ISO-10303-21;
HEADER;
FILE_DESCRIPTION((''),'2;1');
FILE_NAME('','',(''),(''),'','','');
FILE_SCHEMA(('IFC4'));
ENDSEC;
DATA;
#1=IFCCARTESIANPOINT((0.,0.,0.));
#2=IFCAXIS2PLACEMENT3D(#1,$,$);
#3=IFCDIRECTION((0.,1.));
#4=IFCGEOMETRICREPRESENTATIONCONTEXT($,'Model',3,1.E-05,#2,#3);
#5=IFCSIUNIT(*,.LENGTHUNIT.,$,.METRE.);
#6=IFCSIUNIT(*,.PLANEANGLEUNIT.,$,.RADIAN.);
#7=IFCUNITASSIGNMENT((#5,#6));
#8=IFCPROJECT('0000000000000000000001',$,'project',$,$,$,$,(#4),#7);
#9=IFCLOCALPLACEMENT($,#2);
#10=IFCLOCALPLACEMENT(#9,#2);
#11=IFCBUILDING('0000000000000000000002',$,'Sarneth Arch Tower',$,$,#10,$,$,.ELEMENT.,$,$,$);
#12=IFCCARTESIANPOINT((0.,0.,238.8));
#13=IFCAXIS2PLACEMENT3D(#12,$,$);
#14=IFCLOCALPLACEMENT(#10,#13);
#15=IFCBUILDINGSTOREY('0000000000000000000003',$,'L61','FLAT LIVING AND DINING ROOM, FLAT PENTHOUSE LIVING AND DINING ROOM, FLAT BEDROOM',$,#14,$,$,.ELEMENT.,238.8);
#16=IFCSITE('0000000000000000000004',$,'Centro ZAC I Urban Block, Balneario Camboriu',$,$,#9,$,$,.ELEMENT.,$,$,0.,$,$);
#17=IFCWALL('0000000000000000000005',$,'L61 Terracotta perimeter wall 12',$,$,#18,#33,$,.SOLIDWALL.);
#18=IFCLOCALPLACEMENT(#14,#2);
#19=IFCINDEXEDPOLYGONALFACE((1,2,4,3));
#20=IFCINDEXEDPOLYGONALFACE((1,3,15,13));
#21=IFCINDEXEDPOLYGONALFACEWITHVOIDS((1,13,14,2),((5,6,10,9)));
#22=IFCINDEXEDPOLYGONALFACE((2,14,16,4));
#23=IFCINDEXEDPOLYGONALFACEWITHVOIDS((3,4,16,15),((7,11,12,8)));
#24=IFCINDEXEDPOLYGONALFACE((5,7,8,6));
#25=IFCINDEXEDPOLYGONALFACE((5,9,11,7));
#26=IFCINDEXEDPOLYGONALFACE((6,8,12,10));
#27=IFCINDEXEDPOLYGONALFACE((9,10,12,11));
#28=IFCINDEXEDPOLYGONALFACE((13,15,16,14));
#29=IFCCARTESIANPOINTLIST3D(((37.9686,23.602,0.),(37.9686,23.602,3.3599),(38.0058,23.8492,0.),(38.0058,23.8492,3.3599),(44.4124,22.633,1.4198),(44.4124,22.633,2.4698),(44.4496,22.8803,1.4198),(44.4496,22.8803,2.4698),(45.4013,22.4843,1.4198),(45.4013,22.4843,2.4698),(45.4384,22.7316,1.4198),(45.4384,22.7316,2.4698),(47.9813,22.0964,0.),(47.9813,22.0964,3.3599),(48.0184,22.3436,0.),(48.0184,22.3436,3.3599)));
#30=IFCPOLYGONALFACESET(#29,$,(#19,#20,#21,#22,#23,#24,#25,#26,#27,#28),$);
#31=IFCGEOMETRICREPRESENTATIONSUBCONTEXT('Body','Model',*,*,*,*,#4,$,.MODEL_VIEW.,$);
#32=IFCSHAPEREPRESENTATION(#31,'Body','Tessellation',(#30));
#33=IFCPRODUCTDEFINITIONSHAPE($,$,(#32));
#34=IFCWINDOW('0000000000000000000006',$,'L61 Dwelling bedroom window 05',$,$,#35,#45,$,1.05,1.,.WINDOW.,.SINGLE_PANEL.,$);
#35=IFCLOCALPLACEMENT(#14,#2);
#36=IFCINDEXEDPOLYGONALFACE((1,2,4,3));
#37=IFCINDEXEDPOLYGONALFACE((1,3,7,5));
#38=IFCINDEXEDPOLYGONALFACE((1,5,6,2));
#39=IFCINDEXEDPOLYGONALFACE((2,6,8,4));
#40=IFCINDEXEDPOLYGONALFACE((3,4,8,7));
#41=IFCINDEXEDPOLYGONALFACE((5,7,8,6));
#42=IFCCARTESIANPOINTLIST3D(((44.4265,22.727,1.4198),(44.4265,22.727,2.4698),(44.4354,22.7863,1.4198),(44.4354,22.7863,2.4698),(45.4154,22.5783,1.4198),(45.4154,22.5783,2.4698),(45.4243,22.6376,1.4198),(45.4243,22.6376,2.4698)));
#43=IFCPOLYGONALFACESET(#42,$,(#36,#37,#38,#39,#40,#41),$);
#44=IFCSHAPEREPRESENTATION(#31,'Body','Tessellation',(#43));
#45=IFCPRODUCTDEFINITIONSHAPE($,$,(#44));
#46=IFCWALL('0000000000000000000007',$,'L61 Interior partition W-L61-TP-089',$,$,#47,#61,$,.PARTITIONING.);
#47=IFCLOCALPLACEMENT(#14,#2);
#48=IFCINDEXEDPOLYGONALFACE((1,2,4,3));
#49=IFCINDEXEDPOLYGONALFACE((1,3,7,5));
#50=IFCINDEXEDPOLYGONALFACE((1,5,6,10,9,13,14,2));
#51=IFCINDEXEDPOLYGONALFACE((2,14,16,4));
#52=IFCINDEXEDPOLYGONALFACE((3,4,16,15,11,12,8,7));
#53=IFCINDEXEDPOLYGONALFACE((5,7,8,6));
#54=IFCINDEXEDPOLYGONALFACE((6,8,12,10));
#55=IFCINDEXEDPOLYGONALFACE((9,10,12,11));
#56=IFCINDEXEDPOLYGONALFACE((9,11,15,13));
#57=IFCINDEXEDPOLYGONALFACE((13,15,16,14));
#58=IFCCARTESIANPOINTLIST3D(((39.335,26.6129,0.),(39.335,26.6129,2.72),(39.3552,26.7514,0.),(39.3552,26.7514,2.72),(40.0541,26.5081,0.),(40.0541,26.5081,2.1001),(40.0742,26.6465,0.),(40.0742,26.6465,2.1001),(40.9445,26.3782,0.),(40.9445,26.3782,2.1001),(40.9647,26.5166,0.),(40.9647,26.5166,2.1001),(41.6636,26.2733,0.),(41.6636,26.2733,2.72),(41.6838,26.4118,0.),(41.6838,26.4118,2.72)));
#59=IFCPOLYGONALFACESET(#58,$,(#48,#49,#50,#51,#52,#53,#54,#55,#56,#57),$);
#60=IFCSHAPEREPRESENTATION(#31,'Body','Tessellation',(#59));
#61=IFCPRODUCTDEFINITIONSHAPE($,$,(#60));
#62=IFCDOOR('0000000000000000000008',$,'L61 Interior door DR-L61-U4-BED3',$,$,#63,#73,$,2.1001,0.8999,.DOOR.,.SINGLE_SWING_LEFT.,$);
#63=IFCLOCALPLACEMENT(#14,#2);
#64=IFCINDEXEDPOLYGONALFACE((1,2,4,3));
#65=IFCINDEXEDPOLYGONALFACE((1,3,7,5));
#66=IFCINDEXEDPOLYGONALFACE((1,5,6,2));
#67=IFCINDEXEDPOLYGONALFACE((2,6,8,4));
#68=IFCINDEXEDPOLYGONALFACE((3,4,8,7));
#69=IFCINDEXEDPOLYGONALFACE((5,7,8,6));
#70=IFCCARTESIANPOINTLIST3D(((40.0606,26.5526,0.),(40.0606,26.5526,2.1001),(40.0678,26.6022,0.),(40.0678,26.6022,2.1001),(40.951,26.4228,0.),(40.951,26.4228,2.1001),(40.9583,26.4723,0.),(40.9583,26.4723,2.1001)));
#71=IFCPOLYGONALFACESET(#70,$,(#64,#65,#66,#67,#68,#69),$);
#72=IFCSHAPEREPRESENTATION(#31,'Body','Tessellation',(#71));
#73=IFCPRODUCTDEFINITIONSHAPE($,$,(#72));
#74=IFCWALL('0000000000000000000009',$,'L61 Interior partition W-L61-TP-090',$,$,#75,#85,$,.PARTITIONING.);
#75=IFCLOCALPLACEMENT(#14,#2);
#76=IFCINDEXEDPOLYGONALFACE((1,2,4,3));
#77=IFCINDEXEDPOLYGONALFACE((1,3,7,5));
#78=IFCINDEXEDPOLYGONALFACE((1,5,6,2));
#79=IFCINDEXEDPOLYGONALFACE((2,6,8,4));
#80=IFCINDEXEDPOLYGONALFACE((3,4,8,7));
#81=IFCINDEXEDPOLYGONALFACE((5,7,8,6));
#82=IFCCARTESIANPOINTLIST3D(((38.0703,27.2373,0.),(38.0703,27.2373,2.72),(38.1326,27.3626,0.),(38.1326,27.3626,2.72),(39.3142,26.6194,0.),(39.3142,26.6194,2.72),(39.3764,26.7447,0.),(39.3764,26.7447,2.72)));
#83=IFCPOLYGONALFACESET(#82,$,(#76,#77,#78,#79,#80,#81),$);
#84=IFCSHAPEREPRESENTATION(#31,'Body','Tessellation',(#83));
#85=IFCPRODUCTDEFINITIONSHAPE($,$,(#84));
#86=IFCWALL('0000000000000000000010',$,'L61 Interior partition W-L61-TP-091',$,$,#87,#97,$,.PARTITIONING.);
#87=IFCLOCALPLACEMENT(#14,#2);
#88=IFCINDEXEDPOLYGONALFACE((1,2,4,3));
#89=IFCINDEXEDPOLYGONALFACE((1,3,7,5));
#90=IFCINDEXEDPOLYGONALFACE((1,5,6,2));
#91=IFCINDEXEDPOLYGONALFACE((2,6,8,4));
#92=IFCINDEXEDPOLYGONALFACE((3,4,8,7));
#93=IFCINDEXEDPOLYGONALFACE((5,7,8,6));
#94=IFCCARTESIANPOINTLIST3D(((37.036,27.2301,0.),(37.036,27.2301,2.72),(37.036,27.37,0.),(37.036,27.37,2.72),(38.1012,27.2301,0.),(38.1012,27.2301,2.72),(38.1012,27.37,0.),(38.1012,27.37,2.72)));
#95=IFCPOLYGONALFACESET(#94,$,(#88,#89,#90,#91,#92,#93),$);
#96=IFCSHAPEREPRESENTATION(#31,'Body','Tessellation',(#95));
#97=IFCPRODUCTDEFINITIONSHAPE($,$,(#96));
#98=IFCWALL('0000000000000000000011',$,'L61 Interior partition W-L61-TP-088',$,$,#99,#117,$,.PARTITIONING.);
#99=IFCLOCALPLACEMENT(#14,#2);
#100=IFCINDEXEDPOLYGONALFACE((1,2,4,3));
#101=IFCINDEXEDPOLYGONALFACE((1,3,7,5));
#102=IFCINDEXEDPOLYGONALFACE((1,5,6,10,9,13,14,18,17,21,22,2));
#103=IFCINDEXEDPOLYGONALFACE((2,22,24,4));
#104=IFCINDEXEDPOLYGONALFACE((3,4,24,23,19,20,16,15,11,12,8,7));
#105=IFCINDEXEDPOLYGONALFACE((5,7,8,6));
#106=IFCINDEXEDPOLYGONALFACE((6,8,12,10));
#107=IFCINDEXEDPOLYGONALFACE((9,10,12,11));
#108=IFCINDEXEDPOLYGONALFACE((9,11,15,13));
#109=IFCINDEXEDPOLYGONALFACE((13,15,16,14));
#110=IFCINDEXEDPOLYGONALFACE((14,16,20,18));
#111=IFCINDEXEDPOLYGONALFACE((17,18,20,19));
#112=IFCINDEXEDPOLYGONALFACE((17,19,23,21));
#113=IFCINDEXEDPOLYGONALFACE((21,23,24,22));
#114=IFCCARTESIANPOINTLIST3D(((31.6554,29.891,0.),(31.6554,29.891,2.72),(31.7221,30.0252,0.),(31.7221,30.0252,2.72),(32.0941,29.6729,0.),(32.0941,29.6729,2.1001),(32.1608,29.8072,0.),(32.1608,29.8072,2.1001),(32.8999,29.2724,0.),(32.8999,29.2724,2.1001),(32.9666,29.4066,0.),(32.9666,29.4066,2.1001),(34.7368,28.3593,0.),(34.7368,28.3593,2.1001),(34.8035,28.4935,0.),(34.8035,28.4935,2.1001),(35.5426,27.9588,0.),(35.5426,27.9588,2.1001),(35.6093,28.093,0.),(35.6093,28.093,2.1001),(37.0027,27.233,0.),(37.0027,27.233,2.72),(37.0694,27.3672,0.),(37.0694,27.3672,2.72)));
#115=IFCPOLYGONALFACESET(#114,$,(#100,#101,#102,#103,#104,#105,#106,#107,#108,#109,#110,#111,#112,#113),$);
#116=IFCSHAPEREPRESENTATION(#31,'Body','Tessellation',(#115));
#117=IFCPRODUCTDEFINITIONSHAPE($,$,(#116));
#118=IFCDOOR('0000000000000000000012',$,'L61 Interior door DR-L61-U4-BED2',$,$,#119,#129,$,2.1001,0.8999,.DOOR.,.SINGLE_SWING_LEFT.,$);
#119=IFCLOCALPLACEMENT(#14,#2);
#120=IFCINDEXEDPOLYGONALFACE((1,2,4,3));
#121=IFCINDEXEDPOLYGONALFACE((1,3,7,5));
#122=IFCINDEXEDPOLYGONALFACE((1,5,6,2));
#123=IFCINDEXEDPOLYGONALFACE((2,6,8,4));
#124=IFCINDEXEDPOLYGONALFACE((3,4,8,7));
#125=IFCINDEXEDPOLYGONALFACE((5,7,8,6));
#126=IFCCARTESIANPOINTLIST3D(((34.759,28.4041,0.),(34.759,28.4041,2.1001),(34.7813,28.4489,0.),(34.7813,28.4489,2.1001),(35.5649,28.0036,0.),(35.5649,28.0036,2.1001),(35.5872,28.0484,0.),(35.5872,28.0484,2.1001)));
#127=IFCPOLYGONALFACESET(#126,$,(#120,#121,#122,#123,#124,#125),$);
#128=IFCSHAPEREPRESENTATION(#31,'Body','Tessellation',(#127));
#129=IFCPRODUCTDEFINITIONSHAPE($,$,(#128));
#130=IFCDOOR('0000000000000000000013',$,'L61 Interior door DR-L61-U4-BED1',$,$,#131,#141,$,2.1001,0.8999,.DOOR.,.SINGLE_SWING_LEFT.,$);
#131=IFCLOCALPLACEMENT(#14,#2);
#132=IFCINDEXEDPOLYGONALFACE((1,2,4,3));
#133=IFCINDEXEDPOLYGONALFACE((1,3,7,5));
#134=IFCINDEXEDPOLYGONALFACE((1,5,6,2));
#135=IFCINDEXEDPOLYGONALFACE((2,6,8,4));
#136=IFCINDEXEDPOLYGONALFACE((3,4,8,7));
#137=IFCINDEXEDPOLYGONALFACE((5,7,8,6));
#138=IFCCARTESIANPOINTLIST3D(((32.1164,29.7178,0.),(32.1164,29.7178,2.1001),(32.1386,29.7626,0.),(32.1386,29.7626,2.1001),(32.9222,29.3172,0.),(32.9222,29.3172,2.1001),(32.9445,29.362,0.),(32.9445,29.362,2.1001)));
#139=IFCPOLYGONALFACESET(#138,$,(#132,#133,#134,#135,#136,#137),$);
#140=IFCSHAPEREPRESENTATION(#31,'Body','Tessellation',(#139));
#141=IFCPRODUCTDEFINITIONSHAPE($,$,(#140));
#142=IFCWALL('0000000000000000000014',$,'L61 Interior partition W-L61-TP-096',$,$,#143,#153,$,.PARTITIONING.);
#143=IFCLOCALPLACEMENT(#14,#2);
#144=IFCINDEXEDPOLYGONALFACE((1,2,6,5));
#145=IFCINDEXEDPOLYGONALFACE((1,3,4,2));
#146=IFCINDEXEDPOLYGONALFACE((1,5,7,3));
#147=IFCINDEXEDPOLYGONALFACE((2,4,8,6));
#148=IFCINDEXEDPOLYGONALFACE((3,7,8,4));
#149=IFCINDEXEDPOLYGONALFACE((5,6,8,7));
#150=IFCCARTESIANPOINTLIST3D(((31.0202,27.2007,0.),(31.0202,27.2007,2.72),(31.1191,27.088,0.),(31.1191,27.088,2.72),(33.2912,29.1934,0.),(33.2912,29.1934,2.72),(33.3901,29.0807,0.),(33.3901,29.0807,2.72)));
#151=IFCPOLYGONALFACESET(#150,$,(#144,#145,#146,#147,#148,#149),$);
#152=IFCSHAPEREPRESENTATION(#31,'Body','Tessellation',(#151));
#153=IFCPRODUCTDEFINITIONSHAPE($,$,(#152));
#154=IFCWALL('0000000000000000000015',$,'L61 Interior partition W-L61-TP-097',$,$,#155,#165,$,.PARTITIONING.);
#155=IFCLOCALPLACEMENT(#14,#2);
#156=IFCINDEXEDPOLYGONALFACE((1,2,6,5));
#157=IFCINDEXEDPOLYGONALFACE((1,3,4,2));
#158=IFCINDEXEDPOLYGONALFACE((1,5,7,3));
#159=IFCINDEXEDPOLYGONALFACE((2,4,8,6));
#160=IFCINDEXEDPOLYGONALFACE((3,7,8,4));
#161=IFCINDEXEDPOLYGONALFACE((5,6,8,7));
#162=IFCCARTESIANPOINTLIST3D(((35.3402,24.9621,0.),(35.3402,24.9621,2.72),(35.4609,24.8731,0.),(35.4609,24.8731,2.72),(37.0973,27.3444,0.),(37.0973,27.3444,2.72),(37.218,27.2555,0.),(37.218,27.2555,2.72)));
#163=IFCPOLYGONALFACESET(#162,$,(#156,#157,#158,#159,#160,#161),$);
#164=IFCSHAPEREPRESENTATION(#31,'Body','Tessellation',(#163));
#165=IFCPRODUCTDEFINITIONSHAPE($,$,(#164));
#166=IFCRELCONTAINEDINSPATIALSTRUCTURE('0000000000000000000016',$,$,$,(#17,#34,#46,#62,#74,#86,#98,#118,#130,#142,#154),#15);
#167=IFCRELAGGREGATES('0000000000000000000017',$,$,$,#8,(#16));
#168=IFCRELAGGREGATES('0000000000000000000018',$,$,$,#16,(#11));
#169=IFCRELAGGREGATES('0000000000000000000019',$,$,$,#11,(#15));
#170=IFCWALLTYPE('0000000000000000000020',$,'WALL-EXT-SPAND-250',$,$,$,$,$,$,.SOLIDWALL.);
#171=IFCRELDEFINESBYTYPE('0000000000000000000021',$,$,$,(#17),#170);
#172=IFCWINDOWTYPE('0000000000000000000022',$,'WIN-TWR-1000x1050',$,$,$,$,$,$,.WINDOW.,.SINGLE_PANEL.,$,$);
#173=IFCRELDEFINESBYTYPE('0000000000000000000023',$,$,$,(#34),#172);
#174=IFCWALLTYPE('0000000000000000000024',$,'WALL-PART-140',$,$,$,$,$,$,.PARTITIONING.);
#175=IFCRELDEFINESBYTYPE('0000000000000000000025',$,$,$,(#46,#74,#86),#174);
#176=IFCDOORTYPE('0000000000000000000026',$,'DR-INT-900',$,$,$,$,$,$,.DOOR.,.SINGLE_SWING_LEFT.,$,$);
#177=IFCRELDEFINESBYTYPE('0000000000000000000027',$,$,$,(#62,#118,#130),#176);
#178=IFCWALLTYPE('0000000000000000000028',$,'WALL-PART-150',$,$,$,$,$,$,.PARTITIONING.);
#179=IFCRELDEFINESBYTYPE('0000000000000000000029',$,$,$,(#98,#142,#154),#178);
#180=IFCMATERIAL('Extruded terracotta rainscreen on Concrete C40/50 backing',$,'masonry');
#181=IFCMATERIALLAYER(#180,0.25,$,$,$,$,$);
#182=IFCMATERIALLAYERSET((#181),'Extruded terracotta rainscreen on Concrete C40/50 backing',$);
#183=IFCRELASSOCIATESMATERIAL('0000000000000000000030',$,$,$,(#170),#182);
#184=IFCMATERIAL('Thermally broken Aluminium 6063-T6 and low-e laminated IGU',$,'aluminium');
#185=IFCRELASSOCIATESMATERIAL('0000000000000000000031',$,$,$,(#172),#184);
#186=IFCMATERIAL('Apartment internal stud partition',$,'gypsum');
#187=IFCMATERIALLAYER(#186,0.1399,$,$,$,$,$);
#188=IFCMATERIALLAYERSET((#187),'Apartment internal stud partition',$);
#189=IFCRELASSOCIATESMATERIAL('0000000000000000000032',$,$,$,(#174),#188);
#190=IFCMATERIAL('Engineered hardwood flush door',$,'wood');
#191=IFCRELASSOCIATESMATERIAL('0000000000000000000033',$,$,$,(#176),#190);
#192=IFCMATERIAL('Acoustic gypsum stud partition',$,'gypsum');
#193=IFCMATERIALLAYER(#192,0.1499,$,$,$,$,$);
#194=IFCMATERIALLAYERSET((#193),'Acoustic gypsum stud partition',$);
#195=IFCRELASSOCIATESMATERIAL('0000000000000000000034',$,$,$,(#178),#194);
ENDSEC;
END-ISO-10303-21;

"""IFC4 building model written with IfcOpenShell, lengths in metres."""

from ifc_helpers import new_model, si_unit, direction, frame, frame_2d, origin, place, context, subcontext, project, spatial, rectangle, extrude, material, layer, layer_set, type_object, element, fill, save


model = new_model("IFC4")

# Units and contexts
model_context = context("Model", 3, precision=1e-05, world=origin(), true_north=direction((0.0, 1.0)))
body_context = subcontext(model_context, "Body", "Model", "MODEL_VIEW")
ifc_project = project(units=[si_unit("LENGTHUNIT", "METRE"), si_unit("PLANEANGLEUNIT", "RADIAN")], contexts=[model_context])

# Site, building, storey
site_placement = place(None, origin())
site = spatial("IfcSite", under=ifc_project, at=site_placement, Name="Centro ZAC I Urban Block, Balneario Camboriu", CompositionType="ELEMENT", RefElevation=0.0)
building_placement = place(site_placement, origin())
building = spatial("IfcBuilding", under=site, at=building_placement, Name="Sarneth Arch Tower", CompositionType="ELEMENT")
storey_placement = place(building_placement, frame((0.0, 0.0, 238.8)))
storey = spatial("IfcBuildingStorey", under=building, at=storey_placement, Name="L61", Description="FLAT LIVING AND DINING ROOM, FLAT PENTHOUSE LIVING AND DINING ROOM, FLAT BEDROOM", CompositionType="ELEMENT", Elevation=238.8)

# Wall, opening, window
ifc_material_1 = material(Name="Extruded terracotta rainscreen on Concrete C40/50 backing", Category="masonry")
ifc_layer_1 = layer(ifc_material_1, 0.25)
ifc_layer_set_1 = layer_set([ifc_layer_1], Name="Extruded terracotta rainscreen on Concrete C40/50 backing")
wall_type_1 = type_object("IfcWallType", Name="WALL-EXT-SPAND-250", PredefinedType="SOLIDWALL", material=ifc_layer_set_1)
wall_1_placement = place(storey_placement, frame((37.9873, 23.7256, 0.0), z_axis=(0.0, 0.0, 1.0), x_axis=(0.988883, -0.148699, 0.0)))
wall_1 = element("IfcWall", 1, at=wall_1_placement, inside=storey, type_object=wall_type_1, Name="L61 Terracotta perimeter wall 12", PredefinedType="SOLIDWALL", context=body_context, shape_type="SweptSolid", body=[
    extrude(rectangle(XDim=10.1252, YDim=0.25, at=frame_2d((5.0625, 0.0))), origin(), (0.0, 0.0, 1.0), 3.3599),
])
opening_1_placement = place(wall_1_placement, frame((6.5161, 0.0, 1.4199)))
opening_1 = element("IfcOpeningElement", 2, at=opening_1_placement, cuts=wall_1, PredefinedType="OPENING", context=body_context, shape_type="SweptSolid", body=[
    extrude(rectangle(XDim=1.0, YDim=1.05, at=frame_2d((0.5, 0.5249))), frame((0.0, 0.135, 0.0), z_axis=(0.0, -1.0, 0.0), x_axis=(1.0, 0.0, 0.0)), (0.0, 0.0, 1.0), 0.27),
])
ifc_material_2 = material(Name="Thermally broken Aluminium 6063-T6 and low-e laminated IGU", Category="aluminium")
window_type = type_object("IfcWindowType", Name="WIN-TWR-1000x1050", PartitioningType="SINGLE_PANEL", PredefinedType="WINDOW", material=ifc_material_2)
window_placement = place(opening_1_placement, origin())
window = element("IfcWindow", 3, at=window_placement, inside=storey, type_object=window_type, Name="L61 Dwelling bedroom window 05", OverallHeight=1.05, OverallWidth=1.0, PartitioningType="SINGLE_PANEL", PredefinedType="WINDOW", context=body_context, shape_type="SweptSolid", body=[
    extrude(rectangle(XDim=1.0, YDim=1.05, at=frame_2d((0.5, 0.5249))), frame((0.0, 0.03, 0.0), z_axis=(0.0, -1.0, 0.0), x_axis=(1.0, 0.0, 0.0)), (0.0, 0.0, 1.0), 0.0601),
])
fill(opening_1, window)

# Wall, opening, door
ifc_material_3 = material(Name="Apartment internal stud partition", Category="gypsum")
ifc_layer_2 = layer(ifc_material_3, 0.1399)
ifc_layer_set_2 = layer_set([ifc_layer_2], Name="Apartment internal stud partition")
wall_type_2 = type_object("IfcWallType", Name="WALL-PART-140", PredefinedType="PARTITIONING", material=ifc_layer_set_2)
wall_2_placement = place(storey_placement, frame((41.6738, 26.3425, 0.0), z_axis=(0.0, 0.0, 1.0), x_axis=(-0.989532, 0.144311, 0.0)))
wall_2 = element("IfcWall", 4, at=wall_2_placement, inside=storey, type_object=wall_type_2, Name="L61 Interior partition W-L61-TP-089", PredefinedType="PARTITIONING", context=body_context, shape_type="SweptSolid", body=[
    extrude(rectangle(XDim=2.3533, YDim=0.1399, at=frame_2d((1.1768, 0.0))), origin(), (0.0, 0.0, 1.0), 2.72),
])
opening_2_placement = place(wall_2_placement, frame((0.7268, 0.0, 0.0)))
opening_2 = element("IfcOpeningElement", 5, at=opening_2_placement, cuts=wall_2, PredefinedType="OPENING", context=body_context, shape_type="SweptSolid", body=[
    extrude(rectangle(XDim=0.8999, YDim=2.1001, at=frame_2d((0.45, 1.05))), frame((0.0, 0.0798, 0.0), z_axis=(0.0, -1.0, 0.0), x_axis=(1.0, 0.0, 0.0)), (0.0, 0.0, 1.0), 0.1599),
])
ifc_material_4 = material(Name="Engineered hardwood flush door", Category="wood")
door_type_1 = type_object("IfcDoorType", Name="DR-INT-900", OperationType="SINGLE_SWING_LEFT", PredefinedType="DOOR", material=ifc_material_4)
door_1_placement = place(opening_2_placement, origin())
door_1 = element("IfcDoor", 6, at=door_1_placement, inside=storey, type_object=door_type_1, Name="L61 Interior door DR-L61-U4-BED3", OperationType="SINGLE_SWING_LEFT", OverallHeight=2.1001, OverallWidth=0.8999, PredefinedType="DOOR", context=body_context, shape_type="SweptSolid", body=[
    extrude(rectangle(XDim=0.8999, YDim=2.1001, at=frame_2d((0.45, 1.05))), frame((0.0, 0.0249, 0.0), z_axis=(0.0, -1.0, 0.0), x_axis=(1.0, 0.0, 0.0)), (0.0, 0.0, 1.0), 0.05),
])
fill(opening_2, door_1)

# Walls
wall_3_placement = place(storey_placement, frame((39.3452, 26.6821, 0.0), z_axis=(0.0, 0.0, 1.0), x_axis=(-0.895584, 0.444892, 0.0)))
element("IfcWall", 7, at=wall_3_placement, inside=storey, type_object=wall_type_2, Name="L61 Interior partition W-L61-TP-090", PredefinedType="PARTITIONING", context=body_context, shape_type="SweptSolid", body=[
    extrude(rectangle(XDim=1.3889, YDim=0.1399, at=frame_2d((0.6943, 0.0))), origin(), (0.0, 0.0, 1.0), 2.72),
])
wall_4_placement = place(storey_placement, frame((38.1013, 27.3, 0.0), z_axis=(0.0, 0.0, 1.0), x_axis=(-1.0, 0.0, 0.0)))
element("IfcWall", 8, at=wall_4_placement, inside=storey, type_object=wall_type_2, Name="L61 Interior partition W-L61-TP-091", PredefinedType="PARTITIONING", context=body_context, shape_type="SweptSolid", body=[
    extrude(rectangle(XDim=1.0652, YDim=0.1399, at=frame_2d((0.5327, 0.0))), origin(), (0.0, 0.0, 1.0), 2.72),
])

# Wall, openings, doors
ifc_material_5 = material(Name="Acoustic gypsum stud partition", Category="gypsum")
ifc_layer_3 = layer(ifc_material_5, 0.1499)
ifc_layer_set_3 = layer_set([ifc_layer_3], Name="Acoustic gypsum stud partition")
wall_type_3 = type_object("IfcWallType", Name="WALL-PART-150", PredefinedType="PARTITIONING", material=ifc_layer_set_3)
wall_5_placement = place(storey_placement, frame((37.0361, 27.3, 0.0), z_axis=(0.0, 0.0, 1.0), x_axis=(-0.895471, 0.445119, 0.0)))
wall_5 = element("IfcWall", 9, at=wall_5_placement, inside=storey, type_object=wall_type_3, Name="L61 Interior partition W-L61-TP-088", PredefinedType="PARTITIONING", context=body_context, shape_type="SweptSolid", body=[
    extrude(rectangle(XDim=5.9714, YDim=0.1499, at=frame_2d((2.9858, 0.0))), origin(), (0.0, 0.0, 1.0), 2.72),
])
opening_3_placement = place(wall_5_placement, frame((1.6306, 0.0, 0.0)))
opening_3 = element("IfcOpeningElement", 10, at=opening_3_placement, cuts=wall_5, PredefinedType="OPENING", context=body_context, shape_type="SweptSolid", body=[
    extrude(rectangle(XDim=0.8999, YDim=2.1001, at=frame_2d((0.45, 1.05))), frame((0.0, 0.085, 0.0), z_axis=(0.0, -1.0, 0.0), x_axis=(1.0, 0.0, 0.0)), (0.0, 0.0, 1.0), 0.1699),
])
opening_4_placement = place(wall_5_placement, frame((4.5818, 0.0, 0.0)))
opening_4 = element("IfcOpeningElement", 11, at=opening_4_placement, cuts=wall_5, PredefinedType="OPENING", context=body_context, shape_type="SweptSolid", body=[
    extrude(rectangle(XDim=0.8999, YDim=2.1001, at=frame_2d((0.45, 1.05))), frame((0.0, 0.085, 0.0), z_axis=(0.0, -1.0, 0.0), x_axis=(1.0, 0.0, 0.0)), (0.0, 0.0, 1.0), 0.1699),
])
door_2_placement = place(opening_3_placement, origin())
door_2 = element("IfcDoor", 12, at=door_2_placement, inside=storey, type_object=door_type_1, Name="L61 Interior door DR-L61-U4-BED2", OperationType="SINGLE_SWING_LEFT", OverallHeight=2.1001, OverallWidth=0.8999, PredefinedType="DOOR", context=body_context, shape_type="SweptSolid", body=[
    extrude(rectangle(XDim=0.8999, YDim=2.1001, at=frame_2d((0.45, 1.05))), frame((0.0, 0.0249, 0.0), z_axis=(0.0, -1.0, 0.0), x_axis=(1.0, 0.0, 0.0)), (0.0, 0.0, 1.0), 0.05),
])
fill(opening_3, door_2)
door_3_placement = place(opening_4_placement, origin())
door_3 = element("IfcDoor", 13, at=door_3_placement, inside=storey, type_object=door_type_1, Name="L61 Interior door DR-L61-U4-BED1", OperationType="SINGLE_SWING_LEFT", OverallHeight=2.1001, OverallWidth=0.8999, PredefinedType="DOOR", context=body_context, shape_type="SweptSolid", body=[
    extrude(rectangle(XDim=0.8999, YDim=2.1001, at=frame_2d((0.45, 1.05))), frame((0.0, 0.0249, 0.0), z_axis=(0.0, -1.0, 0.0), x_axis=(1.0, 0.0, 0.0)), (0.0, 0.0, 1.0), 0.05),
])
fill(opening_4, door_3)

# Walls
wall_6_placement = place(storey_placement, frame((31.0696, 27.1443, 0.0), z_axis=(0.0, 0.0, 1.0), x_axis=(0.751665, 0.659545, 0.0)))
element("IfcWall", 14, at=wall_6_placement, inside=storey, type_object=wall_type_3, Name="L61 Interior partition W-L61-TP-096", PredefinedType="PARTITIONING", context=body_context, shape_type="SweptSolid", body=[
    extrude(rectangle(XDim=3.0212, YDim=0.1499, at=frame_2d((1.5107, 0.0))), origin(), (0.0, 0.0, 1.0), 2.72),
])
wall_7_placement = place(storey_placement, frame((35.4006, 24.9177, 0.0), z_axis=(0.0, 0.0, 1.0), x_axis=(0.593568, 0.804784, 0.0)))
element("IfcWall", 15, at=wall_7_placement, inside=storey, type_object=wall_type_3, Name="L61 Interior partition W-L61-TP-097", PredefinedType="PARTITIONING", context=body_context, shape_type="SweptSolid", body=[
    extrude(rectangle(XDim=2.9602, YDim=0.1499, at=frame_2d((1.48, 0.0))), origin(), (0.0, 0.0, 1.0), 2.72),
])

save(model, "model.ifc")
